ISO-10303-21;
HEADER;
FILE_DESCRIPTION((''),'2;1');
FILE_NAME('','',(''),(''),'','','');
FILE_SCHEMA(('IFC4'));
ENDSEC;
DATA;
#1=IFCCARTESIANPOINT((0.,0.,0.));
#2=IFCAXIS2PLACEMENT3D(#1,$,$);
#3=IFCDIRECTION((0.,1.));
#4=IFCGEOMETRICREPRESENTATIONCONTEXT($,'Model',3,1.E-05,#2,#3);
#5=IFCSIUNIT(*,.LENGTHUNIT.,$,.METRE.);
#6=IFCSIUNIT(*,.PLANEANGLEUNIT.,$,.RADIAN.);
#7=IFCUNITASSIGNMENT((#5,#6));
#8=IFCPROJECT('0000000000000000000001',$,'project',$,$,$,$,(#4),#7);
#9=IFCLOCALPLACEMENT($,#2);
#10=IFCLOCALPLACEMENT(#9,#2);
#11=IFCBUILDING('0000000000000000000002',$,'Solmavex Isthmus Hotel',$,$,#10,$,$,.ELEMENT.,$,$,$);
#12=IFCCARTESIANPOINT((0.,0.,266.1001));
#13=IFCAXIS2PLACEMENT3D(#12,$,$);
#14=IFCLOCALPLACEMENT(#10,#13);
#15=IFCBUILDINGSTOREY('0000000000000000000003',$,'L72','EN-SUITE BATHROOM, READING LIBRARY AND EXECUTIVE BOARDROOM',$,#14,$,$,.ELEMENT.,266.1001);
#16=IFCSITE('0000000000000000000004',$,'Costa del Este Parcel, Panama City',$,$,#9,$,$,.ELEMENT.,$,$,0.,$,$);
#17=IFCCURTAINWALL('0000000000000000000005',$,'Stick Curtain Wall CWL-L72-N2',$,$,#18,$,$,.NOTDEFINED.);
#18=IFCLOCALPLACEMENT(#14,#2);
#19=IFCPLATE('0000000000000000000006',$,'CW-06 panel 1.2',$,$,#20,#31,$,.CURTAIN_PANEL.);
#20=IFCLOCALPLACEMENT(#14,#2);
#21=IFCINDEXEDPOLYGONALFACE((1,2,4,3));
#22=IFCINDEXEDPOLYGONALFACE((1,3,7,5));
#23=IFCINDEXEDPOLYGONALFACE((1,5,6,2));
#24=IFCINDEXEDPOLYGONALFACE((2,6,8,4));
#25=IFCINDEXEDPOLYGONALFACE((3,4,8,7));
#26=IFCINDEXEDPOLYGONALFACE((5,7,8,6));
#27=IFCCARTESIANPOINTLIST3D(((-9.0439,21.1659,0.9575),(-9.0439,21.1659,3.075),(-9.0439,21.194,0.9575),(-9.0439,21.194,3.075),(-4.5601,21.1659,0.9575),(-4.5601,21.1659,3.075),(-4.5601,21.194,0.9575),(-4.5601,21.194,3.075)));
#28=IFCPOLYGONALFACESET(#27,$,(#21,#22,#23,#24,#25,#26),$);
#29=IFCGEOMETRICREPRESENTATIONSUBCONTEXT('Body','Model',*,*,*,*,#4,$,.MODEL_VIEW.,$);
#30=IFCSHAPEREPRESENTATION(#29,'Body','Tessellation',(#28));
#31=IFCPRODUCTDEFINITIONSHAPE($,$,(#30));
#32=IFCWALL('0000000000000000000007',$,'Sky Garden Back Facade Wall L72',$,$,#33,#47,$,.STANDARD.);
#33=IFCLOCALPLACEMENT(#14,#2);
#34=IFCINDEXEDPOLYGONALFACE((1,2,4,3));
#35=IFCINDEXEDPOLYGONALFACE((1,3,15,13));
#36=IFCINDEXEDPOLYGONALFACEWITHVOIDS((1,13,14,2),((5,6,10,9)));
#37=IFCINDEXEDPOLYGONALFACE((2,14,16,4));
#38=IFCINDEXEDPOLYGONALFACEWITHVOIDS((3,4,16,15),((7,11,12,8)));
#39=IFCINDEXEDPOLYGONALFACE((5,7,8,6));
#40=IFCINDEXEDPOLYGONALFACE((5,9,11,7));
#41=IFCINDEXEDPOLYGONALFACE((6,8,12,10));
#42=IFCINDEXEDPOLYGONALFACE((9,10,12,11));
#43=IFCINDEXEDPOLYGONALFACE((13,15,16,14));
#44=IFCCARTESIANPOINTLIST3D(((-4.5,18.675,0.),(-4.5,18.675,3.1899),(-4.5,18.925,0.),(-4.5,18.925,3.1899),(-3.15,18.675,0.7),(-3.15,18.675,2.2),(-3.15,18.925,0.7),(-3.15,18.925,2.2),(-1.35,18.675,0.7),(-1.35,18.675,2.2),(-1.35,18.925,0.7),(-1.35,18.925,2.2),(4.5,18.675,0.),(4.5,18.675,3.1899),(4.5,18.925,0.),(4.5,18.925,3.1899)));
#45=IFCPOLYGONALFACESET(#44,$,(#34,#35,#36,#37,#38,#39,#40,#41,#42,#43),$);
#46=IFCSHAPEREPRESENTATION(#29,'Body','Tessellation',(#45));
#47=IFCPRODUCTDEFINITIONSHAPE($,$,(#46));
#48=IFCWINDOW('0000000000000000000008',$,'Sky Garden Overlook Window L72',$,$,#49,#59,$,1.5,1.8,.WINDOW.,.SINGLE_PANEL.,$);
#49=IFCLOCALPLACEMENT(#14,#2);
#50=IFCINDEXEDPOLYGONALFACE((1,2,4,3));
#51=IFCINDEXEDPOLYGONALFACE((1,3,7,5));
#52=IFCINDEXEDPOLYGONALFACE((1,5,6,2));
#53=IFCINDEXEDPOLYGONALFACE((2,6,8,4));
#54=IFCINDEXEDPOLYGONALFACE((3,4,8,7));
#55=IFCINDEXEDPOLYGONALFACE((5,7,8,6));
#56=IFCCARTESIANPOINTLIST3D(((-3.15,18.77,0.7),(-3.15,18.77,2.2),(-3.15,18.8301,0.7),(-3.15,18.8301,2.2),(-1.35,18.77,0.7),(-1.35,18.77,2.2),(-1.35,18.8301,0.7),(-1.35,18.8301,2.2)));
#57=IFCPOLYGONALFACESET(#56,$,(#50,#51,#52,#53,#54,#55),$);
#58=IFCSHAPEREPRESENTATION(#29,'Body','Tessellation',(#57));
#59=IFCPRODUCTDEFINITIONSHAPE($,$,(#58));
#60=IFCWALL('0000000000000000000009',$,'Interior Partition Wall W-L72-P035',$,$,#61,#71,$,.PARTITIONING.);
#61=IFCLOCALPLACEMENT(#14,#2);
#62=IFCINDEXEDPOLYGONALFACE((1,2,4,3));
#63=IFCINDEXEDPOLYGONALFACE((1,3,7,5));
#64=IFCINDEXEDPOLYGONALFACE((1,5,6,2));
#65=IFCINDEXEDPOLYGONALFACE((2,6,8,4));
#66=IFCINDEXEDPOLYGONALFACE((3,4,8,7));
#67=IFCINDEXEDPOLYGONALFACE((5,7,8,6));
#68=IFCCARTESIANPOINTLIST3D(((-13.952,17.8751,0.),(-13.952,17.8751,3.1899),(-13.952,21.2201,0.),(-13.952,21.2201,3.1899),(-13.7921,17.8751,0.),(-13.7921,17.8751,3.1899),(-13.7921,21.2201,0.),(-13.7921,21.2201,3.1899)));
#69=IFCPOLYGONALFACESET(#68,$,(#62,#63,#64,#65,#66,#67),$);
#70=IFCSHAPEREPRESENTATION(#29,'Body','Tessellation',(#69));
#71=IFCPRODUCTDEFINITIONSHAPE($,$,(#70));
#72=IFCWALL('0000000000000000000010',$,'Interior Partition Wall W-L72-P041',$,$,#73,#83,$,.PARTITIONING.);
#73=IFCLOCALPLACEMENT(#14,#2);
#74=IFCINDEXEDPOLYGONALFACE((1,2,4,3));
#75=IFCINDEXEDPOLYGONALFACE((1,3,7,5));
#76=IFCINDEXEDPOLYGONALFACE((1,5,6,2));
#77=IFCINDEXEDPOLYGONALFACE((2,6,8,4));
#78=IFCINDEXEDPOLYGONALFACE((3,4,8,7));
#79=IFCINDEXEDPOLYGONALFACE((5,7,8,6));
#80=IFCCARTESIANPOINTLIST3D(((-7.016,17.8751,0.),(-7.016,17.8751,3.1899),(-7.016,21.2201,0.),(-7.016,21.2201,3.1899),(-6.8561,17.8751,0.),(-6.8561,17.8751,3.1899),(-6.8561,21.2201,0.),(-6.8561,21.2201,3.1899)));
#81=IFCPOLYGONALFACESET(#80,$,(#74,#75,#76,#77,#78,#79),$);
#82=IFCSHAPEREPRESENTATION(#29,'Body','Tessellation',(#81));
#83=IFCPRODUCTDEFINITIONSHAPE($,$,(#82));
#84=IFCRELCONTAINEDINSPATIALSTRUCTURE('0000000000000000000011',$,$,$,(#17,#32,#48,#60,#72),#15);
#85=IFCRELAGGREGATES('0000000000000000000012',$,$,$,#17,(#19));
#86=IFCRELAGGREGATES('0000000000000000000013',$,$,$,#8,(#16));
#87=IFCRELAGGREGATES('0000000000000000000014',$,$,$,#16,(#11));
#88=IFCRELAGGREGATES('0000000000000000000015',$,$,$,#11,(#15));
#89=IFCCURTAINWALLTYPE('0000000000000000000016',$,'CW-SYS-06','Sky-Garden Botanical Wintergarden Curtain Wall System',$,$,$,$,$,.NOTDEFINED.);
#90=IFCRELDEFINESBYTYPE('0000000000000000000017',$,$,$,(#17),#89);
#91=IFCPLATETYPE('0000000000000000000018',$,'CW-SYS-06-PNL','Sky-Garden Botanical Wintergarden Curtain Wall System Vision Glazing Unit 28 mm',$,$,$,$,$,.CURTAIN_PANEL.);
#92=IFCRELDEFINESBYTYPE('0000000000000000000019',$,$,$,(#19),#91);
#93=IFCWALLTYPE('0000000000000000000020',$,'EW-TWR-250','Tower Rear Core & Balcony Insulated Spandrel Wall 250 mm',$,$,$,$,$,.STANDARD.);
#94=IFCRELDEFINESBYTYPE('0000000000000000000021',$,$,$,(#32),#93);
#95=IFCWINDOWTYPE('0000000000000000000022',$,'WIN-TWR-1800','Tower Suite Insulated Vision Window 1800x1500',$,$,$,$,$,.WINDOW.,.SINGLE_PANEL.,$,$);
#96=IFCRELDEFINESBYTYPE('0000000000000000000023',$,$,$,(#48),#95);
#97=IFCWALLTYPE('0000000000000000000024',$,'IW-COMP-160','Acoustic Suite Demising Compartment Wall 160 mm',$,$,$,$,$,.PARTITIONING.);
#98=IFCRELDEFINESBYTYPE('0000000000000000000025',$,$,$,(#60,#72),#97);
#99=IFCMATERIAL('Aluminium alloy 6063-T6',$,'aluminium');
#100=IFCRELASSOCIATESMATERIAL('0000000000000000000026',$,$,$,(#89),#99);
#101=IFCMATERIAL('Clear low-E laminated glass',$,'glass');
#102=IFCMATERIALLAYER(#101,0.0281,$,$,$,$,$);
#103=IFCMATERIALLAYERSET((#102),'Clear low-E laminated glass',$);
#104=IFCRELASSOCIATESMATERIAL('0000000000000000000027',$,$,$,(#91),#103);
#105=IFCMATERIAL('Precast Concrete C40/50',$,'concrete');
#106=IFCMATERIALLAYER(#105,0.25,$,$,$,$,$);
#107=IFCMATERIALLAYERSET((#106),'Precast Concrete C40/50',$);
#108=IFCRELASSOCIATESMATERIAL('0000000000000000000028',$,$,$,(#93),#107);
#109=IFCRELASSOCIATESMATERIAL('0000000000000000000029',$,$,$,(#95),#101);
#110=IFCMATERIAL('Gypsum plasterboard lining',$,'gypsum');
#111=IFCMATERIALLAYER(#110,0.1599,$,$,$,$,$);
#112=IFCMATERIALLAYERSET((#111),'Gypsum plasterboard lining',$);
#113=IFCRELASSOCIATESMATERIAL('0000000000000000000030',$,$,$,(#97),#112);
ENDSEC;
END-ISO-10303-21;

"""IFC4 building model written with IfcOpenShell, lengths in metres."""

from ifc_helpers import new_model, si_unit, direction, frame, frame_2d, origin, origin_2d, place, context, subcontext, project, spatial, rectangle, extrude, material, layer, layer_set, type_object, element, fill, aggregate, save


model = new_model("IFC4")

# Units and contexts
model_context = context("Model", 3, precision=1e-05, world=origin(), true_north=direction((0.0, 1.0)))
body_context = subcontext(model_context, "Body", "Model", "MODEL_VIEW")
ifc_project = project(units=[si_unit("LENGTHUNIT", "METRE"), si_unit("PLANEANGLEUNIT", "RADIAN")], contexts=[model_context])

# Site, building, storey
site_placement = place(None, origin())
site = spatial("IfcSite", under=ifc_project, at=site_placement, Name="Costa del Este Parcel, Panama City", CompositionType="ELEMENT", RefElevation=0.0)
building_placement = place(site_placement, origin())
building = spatial("IfcBuilding", under=site, at=building_placement, Name="Solmavex Isthmus Hotel", CompositionType="ELEMENT")
storey_placement = place(building_placement, frame((0.0, 0.0, 266.1001)))
storey = spatial("IfcBuildingStorey", under=building, at=storey_placement, Name="L72", Description="EN-SUITE BATHROOM, READING LIBRARY AND EXECUTIVE BOARDROOM", CompositionType="ELEMENT", Elevation=266.1001)

# Shared definitions
ifc_material_1 = material(Name="Aluminium alloy 6063-T6", Category="aluminium")
curtain_wall_type = type_object("IfcCurtainWallType", Name="CW-SYS-06", Description="Sky-Garden Botanical Wintergarden Curtain Wall System", PredefinedType="NOTDEFINED", material=ifc_material_1)

# Curtain wall
curtain_wall_1_placement = place(storey_placement, origin())
curtain_wall_1 = element("IfcCurtainWall", 1, at=curtain_wall_1_placement, inside=storey, type_object=curtain_wall_type, Name="Stick Curtain Wall CWL-L72-N2", PredefinedType="NOTDEFINED")

# Plate
ifc_material_2 = material(Name="Clear low-E laminated glass", Category="glass")
ifc_layer_1 = layer(ifc_material_2, 0.0281)
ifc_layer_set_1 = layer_set([ifc_layer_1], Name="Clear low-E laminated glass")
plate_type = type_object("IfcPlateType", Name="CW-SYS-06-PNL", Description="Sky-Garden Botanical Wintergarden Curtain Wall System Vision Glazing Unit 28 mm", PredefinedType="CURTAIN_PANEL", material=ifc_layer_set_1)
plate_1_placement = place(storey_placement, frame((-6.802, 21.1799, 0.9575), z_axis=(0.0, 0.0, 1.0), x_axis=(1.0, 0.0, 0.0)))
plate_1 = element("IfcPlate", 2, at=plate_1_placement, type_object=plate_type, Name="CW-06 panel 1.2", PredefinedType="CURTAIN_PANEL", context=body_context, shape_type="SweptSolid", body=[
    extrude(rectangle(XDim=4.4839, YDim=0.0281, at=origin_2d()), origin(), (0.0, 0.0, 1.0), 2.1174),
])
aggregate(curtain_wall_1, [plate_1])

# Wall, opening, window
ifc_material_3 = material(Name="Precast Concrete C40/50", Category="concrete")
ifc_layer_2 = layer(ifc_material_3, 0.25)
ifc_layer_set_2 = layer_set([ifc_layer_2], Name="Precast Concrete C40/50")
wall_type_1 = type_object("IfcWallType", Name="EW-TWR-250", Description="Tower Rear Core & Balcony Insulated Spandrel Wall 250 mm", PredefinedType="STANDARD", material=ifc_layer_set_2)
wall_1_placement = place(storey_placement, frame((-4.5, 18.8, 0.0), z_axis=(0.0, 0.0, 1.0), x_axis=(1.0, 0.0, 0.0)))
wall_1 = element("IfcWall", 3, at=wall_1_placement, inside=storey, type_object=wall_type_1, Name="Sky Garden Back Facade Wall L72", PredefinedType="STANDARD", context=body_context, shape_type="SweptSolid", body=[
    extrude(rectangle(XDim=9.0, YDim=0.25, at=frame_2d((4.5, 0.0))), origin(), (0.0, 0.0, 1.0), 3.1899),
])
opening_1_placement = place(wall_1_placement, frame((1.3501, 0.0, 0.7)))
opening_1 = element("IfcOpeningElement", 4, at=opening_1_placement, cuts=wall_1, PredefinedType="OPENING", context=body_context, shape_type="SweptSolid", body=[
    extrude(rectangle(XDim=1.8, YDim=1.5, at=frame_2d((0.8999, 0.75))), frame((0.0, 0.135, 0.0), z_axis=(0.0, -1.0, 0.0), x_axis=(1.0, 0.0, 0.0)), (0.0, 0.0, 1.0), 0.27),
])
window_type = type_object("IfcWindowType", Name="WIN-TWR-1800", Description="Tower Suite Insulated Vision Window 1800x1500", PartitioningType="SINGLE_PANEL", PredefinedType="WINDOW", material=ifc_material_2)
window_placement = place(opening_1_placement, origin())
window = element("IfcWindow", 5, at=window_placement, inside=storey, type_object=window_type, Name="Sky Garden Overlook Window L72", OverallHeight=1.5, OverallWidth=1.8, PartitioningType="SINGLE_PANEL", PredefinedType="WINDOW", context=body_context, shape_type="SweptSolid", body=[
    extrude(rectangle(XDim=1.8, YDim=1.5, at=frame_2d((0.8999, 0.75))), frame((0.0, 0.03, 0.0), z_axis=(0.0, -1.0, 0.0), x_axis=(1.0, 0.0, 0.0)), (0.0, 0.0, 1.0), 0.0601),
])
fill(opening_1, window)

# Walls
ifc_material_4 = material(Name="Gypsum plasterboard lining", Category="gypsum")
ifc_layer_3 = layer(ifc_material_4, 0.1599)
ifc_layer_set_3 = layer_set([ifc_layer_3], Name="Gypsum plasterboard lining")
wall_type_2 = type_object("IfcWallType", Name="IW-COMP-160", Description="Acoustic Suite Demising Compartment Wall 160 mm", PredefinedType="PARTITIONING", material=ifc_layer_set_3)
for number, where, z_axis, x_axis, name in (
    (6, (-13.8721, 21.22, 0.0), (0.0, 0.0, 1.0), (0.0, -1.0, 0.0), "Interior Partition Wall W-L72-P035"),
    (7, (-6.936, 21.22, 0.0), (0.0, 0.0, 1.0), (0.0, -1.0, 0.0), "Interior Partition Wall W-L72-P041"),
):
    element("IfcWall", number, at=place(storey_placement, frame(where, z_axis=z_axis, x_axis=x_axis)), inside=storey, type_object=wall_type_2, Name=name, PredefinedType="PARTITIONING", context=body_context, shape_type="SweptSolid", body=[
        extrude(rectangle(XDim=3.345, YDim=0.1599, at=frame_2d((1.6724, 0.0))), origin(), (0.0, 0.0, 1.0), 3.1899),
    ])

save(model, "model.ifc")
